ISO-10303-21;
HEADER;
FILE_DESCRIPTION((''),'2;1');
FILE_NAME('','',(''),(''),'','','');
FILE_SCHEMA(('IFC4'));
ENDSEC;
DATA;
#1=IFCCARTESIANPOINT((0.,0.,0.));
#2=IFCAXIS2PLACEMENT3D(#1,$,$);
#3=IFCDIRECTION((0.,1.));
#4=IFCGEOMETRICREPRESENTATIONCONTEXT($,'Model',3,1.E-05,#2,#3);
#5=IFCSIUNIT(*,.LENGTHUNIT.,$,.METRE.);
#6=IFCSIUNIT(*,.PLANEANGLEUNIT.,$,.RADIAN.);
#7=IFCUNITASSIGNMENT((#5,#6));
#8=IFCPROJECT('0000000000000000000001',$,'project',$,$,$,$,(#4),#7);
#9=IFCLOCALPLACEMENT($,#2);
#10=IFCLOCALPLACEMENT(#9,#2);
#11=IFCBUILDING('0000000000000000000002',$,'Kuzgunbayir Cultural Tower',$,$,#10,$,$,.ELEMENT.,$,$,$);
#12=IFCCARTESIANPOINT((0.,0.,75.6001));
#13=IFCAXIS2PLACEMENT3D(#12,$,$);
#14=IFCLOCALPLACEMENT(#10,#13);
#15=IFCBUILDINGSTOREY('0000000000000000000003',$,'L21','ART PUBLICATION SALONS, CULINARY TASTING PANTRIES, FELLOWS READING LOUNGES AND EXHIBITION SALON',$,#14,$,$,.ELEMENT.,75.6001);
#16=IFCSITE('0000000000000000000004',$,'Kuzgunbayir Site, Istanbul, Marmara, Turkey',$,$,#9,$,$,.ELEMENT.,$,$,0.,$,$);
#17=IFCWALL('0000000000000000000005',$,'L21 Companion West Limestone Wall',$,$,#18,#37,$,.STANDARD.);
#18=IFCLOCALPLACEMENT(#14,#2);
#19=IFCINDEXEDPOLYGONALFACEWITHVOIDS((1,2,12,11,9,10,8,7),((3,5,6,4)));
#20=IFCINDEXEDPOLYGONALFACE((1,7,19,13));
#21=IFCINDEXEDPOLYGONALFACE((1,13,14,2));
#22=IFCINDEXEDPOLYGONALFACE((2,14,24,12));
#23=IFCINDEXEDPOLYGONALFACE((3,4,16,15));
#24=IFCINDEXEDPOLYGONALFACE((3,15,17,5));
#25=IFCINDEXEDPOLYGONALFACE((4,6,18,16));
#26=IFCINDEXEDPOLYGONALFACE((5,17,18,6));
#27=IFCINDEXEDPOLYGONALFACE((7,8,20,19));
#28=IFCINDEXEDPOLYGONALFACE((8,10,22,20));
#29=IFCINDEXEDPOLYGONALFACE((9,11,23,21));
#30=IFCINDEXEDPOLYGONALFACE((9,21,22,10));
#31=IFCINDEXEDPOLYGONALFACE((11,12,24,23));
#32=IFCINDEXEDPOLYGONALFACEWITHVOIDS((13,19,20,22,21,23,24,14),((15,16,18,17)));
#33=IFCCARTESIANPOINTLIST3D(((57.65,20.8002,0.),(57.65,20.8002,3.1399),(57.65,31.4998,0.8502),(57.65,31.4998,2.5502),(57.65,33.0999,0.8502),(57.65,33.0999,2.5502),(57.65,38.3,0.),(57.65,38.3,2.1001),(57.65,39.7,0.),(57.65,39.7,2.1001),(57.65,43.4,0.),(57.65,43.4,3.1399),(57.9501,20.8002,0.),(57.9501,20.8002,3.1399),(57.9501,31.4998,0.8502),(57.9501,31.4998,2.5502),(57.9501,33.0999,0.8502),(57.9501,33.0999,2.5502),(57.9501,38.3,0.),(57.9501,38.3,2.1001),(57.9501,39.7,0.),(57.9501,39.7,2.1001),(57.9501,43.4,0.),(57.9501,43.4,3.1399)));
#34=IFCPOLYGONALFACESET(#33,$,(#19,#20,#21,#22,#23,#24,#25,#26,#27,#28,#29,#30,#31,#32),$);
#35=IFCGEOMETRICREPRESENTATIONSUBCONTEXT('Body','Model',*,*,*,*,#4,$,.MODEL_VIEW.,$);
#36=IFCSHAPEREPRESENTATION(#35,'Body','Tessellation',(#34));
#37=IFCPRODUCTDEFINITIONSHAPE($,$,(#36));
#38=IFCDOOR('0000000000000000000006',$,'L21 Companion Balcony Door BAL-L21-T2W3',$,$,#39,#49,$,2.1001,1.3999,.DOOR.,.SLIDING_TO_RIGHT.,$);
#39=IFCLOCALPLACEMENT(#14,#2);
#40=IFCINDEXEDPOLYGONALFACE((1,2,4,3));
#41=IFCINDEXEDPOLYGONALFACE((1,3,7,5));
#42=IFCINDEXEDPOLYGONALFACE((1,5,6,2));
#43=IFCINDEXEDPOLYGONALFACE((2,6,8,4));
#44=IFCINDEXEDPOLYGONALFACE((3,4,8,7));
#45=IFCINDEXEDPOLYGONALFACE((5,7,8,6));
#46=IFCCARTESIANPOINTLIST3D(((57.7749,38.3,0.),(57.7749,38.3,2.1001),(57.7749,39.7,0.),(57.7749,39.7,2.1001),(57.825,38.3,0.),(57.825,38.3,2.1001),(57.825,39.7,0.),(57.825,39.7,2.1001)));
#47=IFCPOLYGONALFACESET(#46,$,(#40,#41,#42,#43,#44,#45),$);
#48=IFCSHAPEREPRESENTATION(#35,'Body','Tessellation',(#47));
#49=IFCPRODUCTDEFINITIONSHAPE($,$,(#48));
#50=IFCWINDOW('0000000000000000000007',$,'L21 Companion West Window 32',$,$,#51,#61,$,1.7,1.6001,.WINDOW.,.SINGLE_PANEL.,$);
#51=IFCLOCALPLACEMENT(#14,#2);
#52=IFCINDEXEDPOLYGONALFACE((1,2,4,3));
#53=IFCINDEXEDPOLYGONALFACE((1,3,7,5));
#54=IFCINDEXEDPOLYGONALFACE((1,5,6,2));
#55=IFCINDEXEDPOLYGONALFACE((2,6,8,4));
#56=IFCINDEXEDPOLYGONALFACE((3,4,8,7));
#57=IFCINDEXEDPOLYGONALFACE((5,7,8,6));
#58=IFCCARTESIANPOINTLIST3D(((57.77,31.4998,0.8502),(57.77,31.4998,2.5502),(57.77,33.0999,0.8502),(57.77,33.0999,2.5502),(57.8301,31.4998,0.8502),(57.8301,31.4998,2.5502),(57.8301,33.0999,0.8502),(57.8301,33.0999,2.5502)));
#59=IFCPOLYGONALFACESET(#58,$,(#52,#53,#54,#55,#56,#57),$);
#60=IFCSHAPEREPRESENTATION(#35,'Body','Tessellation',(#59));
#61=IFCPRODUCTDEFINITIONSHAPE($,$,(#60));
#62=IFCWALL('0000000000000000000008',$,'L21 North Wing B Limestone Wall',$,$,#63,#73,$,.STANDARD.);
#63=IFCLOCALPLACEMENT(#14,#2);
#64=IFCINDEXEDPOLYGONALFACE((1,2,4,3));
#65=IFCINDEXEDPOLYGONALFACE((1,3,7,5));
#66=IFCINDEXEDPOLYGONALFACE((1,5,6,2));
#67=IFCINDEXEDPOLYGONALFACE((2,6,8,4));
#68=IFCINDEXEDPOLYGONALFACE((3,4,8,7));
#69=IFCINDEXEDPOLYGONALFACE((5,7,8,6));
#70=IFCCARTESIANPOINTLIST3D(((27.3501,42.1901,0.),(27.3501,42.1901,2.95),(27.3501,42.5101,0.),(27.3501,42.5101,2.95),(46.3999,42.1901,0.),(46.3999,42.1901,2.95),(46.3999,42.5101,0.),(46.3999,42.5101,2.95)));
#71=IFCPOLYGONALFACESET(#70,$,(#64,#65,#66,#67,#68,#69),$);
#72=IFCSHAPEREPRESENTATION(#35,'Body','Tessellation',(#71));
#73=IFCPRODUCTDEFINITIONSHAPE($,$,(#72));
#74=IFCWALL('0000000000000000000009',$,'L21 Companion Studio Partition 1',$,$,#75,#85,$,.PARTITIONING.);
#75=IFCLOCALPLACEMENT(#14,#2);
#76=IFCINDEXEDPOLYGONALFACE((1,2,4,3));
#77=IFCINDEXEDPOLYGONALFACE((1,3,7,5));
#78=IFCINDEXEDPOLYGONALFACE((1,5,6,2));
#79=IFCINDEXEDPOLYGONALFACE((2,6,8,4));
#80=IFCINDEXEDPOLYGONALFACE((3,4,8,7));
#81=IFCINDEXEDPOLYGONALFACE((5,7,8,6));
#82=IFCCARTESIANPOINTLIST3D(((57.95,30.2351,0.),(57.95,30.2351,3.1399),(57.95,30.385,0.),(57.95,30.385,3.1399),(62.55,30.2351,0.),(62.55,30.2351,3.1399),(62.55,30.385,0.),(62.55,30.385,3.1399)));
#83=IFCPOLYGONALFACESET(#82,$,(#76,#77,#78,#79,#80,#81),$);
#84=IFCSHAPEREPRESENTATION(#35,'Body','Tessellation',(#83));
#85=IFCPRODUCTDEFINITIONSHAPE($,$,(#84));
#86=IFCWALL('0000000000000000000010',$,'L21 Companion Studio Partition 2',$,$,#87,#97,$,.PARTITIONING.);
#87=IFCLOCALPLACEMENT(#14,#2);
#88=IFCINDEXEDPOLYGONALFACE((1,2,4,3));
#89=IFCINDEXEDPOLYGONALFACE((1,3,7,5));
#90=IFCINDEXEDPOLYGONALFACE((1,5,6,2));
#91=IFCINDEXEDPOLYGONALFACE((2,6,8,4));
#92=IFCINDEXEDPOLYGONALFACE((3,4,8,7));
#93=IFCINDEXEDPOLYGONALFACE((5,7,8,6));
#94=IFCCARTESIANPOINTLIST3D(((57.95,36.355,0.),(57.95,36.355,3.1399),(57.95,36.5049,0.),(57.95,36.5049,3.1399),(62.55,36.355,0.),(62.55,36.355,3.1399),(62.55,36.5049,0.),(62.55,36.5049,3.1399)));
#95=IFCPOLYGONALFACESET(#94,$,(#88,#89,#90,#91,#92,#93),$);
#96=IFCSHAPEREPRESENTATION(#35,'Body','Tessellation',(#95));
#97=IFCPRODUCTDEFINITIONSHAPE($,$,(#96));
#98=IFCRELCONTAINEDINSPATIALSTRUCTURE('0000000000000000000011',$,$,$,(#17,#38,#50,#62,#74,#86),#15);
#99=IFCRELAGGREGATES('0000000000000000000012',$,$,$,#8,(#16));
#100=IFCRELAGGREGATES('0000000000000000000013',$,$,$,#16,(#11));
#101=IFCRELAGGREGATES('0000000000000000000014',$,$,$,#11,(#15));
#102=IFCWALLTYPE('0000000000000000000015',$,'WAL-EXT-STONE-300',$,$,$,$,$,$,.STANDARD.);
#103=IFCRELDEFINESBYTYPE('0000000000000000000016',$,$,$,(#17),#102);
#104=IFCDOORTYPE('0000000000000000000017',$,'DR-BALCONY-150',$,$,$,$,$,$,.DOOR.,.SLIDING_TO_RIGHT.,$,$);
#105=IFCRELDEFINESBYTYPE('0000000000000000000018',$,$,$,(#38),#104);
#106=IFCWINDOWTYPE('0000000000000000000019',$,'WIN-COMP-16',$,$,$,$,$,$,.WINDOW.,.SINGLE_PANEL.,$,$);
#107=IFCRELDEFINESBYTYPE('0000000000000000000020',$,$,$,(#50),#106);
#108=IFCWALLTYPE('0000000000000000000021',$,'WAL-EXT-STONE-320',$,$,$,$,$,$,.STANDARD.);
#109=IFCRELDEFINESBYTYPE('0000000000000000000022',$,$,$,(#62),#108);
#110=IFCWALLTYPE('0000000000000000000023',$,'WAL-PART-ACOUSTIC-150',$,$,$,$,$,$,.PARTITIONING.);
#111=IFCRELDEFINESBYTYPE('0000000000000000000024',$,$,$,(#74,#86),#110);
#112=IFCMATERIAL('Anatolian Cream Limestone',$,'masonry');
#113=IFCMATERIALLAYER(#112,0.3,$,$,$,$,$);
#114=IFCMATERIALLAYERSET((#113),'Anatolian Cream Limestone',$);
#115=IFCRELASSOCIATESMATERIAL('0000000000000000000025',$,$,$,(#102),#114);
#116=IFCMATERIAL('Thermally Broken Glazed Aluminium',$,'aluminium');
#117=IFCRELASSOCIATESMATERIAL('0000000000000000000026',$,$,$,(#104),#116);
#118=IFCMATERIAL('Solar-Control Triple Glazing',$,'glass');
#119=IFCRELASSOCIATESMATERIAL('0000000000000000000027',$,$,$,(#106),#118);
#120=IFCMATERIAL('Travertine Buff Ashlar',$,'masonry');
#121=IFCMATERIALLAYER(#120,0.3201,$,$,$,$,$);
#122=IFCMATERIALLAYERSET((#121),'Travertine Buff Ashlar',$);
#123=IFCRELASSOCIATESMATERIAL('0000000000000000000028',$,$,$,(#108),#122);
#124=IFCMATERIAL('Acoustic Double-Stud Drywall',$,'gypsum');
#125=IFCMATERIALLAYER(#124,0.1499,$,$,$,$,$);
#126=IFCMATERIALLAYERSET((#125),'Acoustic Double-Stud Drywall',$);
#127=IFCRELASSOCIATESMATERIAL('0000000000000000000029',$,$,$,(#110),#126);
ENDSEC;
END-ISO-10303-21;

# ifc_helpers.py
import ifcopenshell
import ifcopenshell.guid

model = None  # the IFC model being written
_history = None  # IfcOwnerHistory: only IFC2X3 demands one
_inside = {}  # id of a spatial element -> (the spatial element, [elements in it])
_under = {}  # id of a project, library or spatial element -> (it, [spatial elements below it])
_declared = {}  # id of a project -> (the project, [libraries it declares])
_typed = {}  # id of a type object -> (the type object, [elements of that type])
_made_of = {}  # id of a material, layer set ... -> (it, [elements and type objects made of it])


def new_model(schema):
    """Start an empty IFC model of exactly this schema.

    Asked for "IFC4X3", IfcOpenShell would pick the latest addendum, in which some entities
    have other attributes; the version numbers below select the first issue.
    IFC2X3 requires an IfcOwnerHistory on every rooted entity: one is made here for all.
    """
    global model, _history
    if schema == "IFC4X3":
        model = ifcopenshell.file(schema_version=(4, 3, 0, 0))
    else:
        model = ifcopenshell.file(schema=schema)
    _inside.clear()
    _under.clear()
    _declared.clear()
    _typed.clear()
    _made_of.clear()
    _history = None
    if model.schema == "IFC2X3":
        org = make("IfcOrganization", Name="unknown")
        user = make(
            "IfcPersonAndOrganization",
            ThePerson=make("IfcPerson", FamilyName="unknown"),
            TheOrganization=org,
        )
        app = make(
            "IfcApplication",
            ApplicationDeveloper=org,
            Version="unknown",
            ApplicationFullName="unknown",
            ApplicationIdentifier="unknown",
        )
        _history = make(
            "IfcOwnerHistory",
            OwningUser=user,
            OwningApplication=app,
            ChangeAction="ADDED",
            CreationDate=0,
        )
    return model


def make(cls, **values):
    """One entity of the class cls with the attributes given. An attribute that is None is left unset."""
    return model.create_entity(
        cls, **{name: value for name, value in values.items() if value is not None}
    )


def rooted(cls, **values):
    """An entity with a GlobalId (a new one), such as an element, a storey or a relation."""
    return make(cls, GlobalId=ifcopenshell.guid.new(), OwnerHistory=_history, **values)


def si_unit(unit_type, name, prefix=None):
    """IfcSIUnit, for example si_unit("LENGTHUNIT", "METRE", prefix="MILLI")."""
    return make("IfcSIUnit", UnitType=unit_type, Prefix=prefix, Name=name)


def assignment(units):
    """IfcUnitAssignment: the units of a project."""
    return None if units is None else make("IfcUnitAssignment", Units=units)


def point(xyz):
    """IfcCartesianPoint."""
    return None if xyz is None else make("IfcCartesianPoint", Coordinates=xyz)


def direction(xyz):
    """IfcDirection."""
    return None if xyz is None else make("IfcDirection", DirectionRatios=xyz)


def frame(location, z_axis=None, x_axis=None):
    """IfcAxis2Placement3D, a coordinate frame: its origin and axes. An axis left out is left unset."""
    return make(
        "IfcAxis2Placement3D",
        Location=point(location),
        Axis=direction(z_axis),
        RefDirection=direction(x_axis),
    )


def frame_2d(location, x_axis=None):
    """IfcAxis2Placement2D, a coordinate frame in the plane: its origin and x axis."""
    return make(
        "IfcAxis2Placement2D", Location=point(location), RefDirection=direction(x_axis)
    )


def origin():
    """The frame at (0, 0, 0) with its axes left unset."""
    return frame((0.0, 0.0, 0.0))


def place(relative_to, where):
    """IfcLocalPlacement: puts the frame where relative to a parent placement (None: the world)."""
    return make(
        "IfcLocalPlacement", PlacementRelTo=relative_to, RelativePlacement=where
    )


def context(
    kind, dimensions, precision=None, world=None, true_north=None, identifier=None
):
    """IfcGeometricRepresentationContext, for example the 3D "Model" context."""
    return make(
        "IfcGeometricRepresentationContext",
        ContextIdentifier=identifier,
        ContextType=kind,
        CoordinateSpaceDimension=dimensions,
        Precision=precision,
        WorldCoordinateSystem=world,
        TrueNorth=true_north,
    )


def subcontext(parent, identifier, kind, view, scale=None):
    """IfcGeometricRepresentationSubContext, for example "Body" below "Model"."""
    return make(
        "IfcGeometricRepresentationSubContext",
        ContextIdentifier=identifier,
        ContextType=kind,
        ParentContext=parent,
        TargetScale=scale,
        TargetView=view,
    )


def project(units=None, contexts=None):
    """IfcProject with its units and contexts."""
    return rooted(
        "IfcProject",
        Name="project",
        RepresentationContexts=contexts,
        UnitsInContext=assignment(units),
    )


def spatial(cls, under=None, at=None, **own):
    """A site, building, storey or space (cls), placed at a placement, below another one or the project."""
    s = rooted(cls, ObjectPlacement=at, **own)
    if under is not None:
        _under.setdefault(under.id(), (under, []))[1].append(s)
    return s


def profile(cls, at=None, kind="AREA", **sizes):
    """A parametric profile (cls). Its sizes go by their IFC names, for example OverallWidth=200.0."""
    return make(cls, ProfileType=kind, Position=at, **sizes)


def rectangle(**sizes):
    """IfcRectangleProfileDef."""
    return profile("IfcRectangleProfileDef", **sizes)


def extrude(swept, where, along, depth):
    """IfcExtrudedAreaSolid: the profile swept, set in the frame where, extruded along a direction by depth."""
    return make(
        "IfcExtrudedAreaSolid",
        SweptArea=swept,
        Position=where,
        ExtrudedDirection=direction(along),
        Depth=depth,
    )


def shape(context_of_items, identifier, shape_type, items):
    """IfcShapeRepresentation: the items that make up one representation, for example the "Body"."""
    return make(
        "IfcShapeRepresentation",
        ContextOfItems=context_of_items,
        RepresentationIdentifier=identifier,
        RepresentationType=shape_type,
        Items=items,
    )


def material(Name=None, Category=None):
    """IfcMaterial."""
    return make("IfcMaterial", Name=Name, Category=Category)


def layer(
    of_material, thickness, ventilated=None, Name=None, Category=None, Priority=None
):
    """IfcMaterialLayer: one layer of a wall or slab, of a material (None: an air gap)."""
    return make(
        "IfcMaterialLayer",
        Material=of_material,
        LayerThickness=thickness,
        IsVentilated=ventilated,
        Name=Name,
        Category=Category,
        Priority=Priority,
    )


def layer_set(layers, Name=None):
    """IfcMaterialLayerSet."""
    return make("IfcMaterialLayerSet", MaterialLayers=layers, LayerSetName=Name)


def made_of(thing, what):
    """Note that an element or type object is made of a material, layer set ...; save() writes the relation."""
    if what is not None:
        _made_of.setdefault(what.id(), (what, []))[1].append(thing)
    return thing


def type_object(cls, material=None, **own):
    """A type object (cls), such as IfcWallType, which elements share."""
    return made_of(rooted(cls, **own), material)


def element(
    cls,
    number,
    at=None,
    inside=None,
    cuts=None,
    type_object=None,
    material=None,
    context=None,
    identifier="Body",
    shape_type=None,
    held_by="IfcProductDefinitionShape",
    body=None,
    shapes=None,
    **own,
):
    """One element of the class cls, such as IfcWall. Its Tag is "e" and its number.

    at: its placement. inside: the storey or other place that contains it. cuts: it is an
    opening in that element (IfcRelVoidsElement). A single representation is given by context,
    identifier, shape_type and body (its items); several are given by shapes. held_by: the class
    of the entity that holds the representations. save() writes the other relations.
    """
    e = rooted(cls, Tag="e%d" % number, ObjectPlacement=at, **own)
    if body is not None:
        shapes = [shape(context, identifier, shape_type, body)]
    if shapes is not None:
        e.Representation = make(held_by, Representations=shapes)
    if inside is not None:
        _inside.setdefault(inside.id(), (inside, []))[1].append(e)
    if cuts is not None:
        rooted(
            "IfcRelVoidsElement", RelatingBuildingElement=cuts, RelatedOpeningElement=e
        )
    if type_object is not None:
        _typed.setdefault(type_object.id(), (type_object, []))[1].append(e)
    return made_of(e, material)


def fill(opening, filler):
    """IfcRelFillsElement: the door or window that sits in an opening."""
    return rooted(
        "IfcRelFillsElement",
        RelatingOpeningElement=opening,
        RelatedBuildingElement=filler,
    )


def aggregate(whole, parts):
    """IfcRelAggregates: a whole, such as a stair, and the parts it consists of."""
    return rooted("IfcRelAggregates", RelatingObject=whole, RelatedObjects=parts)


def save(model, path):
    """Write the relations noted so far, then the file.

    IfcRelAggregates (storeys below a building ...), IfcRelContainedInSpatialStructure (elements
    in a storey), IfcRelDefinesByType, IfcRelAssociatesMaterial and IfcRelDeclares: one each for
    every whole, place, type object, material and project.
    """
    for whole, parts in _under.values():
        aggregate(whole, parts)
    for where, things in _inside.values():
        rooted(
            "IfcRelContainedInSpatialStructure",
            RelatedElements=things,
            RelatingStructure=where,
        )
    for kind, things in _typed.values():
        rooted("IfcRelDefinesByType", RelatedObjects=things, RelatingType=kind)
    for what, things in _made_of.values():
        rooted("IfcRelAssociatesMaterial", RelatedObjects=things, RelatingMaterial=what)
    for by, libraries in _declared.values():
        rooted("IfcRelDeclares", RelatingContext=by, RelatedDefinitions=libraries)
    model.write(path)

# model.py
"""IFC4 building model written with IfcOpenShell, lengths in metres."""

from ifc_helpers import new_model, si_unit, direction, frame, frame_2d, origin, place, context, subcontext, project, spatial, rectangle, extrude, material, layer, layer_set, type_object, element, fill, save


model = new_model("IFC4")

# Units and contexts
model_context = context("Model", 3, precision=1e-05, world=origin(), true_north=direction((0.0, 1.0)))
body_context = subcontext(model_context, "Body", "Model", "MODEL_VIEW")
ifc_project = project(units=[si_unit("LENGTHUNIT", "METRE"), si_unit("PLANEANGLEUNIT", "RADIAN")], contexts=[model_context])

# Site, building, storey
site_placement = place(None, origin())
site = spatial("IfcSite", under=ifc_project, at=site_placement, Name="Kuzgunbayir Site, Istanbul, Marmara, Turkey", CompositionType="ELEMENT", RefElevation=0.0)
building_placement = place(site_placement, origin())
building = spatial("IfcBuilding", under=site, at=building_placement, Name="Kuzgunbayir Cultural Tower", CompositionType="ELEMENT")
storey_placement = place(building_placement, frame((0.0, 0.0, 75.6001)))
storey = spatial("IfcBuildingStorey", under=building, at=storey_placement, Name="L21", Description="ART PUBLICATION SALONS, CULINARY TASTING PANTRIES, FELLOWS READING LOUNGES AND EXHIBITION SALON", CompositionType="ELEMENT", Elevation=75.6001)

# Wall, openings, door, window
ifc_material_1 = material(Name="Anatolian Cream Limestone", Category="masonry")
ifc_layer_1 = layer(ifc_material_1, 0.3)
ifc_layer_set_1 = layer_set([ifc_layer_1], Name="Anatolian Cream Limestone")
wall_type_1 = type_object("IfcWallType", Name="WAL-EXT-STONE-300", PredefinedType="STANDARD", material=ifc_layer_set_1)
wall_1_placement = place(storey_placement, frame((57.8, 43.3999, 0.0), z_axis=(0.0, 0.0, 1.0), x_axis=(0.0, -1.0, 0.0)))
wall_1 = element("IfcWall", 1, at=wall_1_placement, inside=storey, type_object=wall_type_1, Name="L21 Companion West Limestone Wall", PredefinedType="STANDARD", context=body_context, shape_type="SweptSolid", body=[
    extrude(rectangle(XDim=22.5999, YDim=0.3, at=frame_2d((11.2998, 0.0))), origin(), (0.0, 0.0, 1.0), 3.1399),
])
opening_1_placement = place(wall_1_placement, frame((3.7, 0.0, 0.0)))
opening_1 = element("IfcOpeningElement", 2, at=opening_1_placement, cuts=wall_1, PredefinedType="OPENING", context=body_context, shape_type="SweptSolid", body=[
    extrude(rectangle(XDim=1.3999, YDim=2.1001, at=frame_2d((0.7, 1.05))), frame((0.0, 0.1602, 0.0), z_axis=(0.0, -1.0, 0.0), x_axis=(1.0, 0.0, 0.0)), (0.0, 0.0, 1.0), 0.3201),
])
opening_2_placement = place(wall_1_placement, frame((10.3, 0.0, 0.8501)))
opening_2 = element("IfcOpeningElement", 3, at=opening_2_placement, cuts=wall_1, PredefinedType="OPENING", context=body_context, shape_type="SweptSolid", body=[
    extrude(rectangle(XDim=1.6001, YDim=1.7, at=frame_2d((0.8, 0.8501))), frame((0.0, 0.1602, 0.0), z_axis=(0.0, -1.0, 0.0), x_axis=(1.0, 0.0, 0.0)), (0.0, 0.0, 1.0), 0.3201),
])
ifc_material_2 = material(Name="Thermally Broken Glazed Aluminium", Category="aluminium")
door_type = type_object("IfcDoorType", Name="DR-BALCONY-150", OperationType="SLIDING_TO_RIGHT", PredefinedType="DOOR", material=ifc_material_2)
door_placement = place(opening_1_placement, origin())
door = element("IfcDoor", 4, at=door_placement, inside=storey, type_object=door_type, Name="L21 Companion Balcony Door BAL-L21-T2W3", OperationType="SLIDING_TO_RIGHT", OverallHeight=2.1001, OverallWidth=1.3999, PredefinedType="DOOR", context=body_context, shape_type="SweptSolid", body=[
    extrude(rectangle(XDim=1.3999, YDim=2.1001, at=frame_2d((0.7, 1.05))), frame((0.0, 0.0249, 0.0), z_axis=(0.0, -1.0, 0.0), x_axis=(1.0, 0.0, 0.0)), (0.0, 0.0, 1.0), 0.05),
])
fill(opening_1, door)
ifc_material_3 = material(Name="Solar-Control Triple Glazing", Category="glass")
window_type = type_object("IfcWindowType", Name="WIN-COMP-16", PartitioningType="SINGLE_PANEL", PredefinedType="WINDOW", material=ifc_material_3)
window_placement = place(opening_2_placement, origin())
window = element("IfcWindow", 5, at=window_placement, inside=storey, type_object=window_type, Name="L21 Companion West Window 32", OverallHeight=1.7, OverallWidth=1.6001, PartitioningType="SINGLE_PANEL", PredefinedType="WINDOW", context=body_context, shape_type="SweptSolid", body=[
    extrude(rectangle(XDim=1.6001, YDim=1.7, at=frame_2d((0.8, 0.8501))), frame((0.0, 0.03, 0.0), z_axis=(0.0, -1.0, 0.0), x_axis=(1.0, 0.0, 0.0)), (0.0, 0.0, 1.0), 0.0601),
])
fill(opening_2, window)

# Walls
ifc_material_4 = material(Name="Travertine Buff Ashlar", Category="masonry")
ifc_layer_2 = layer(ifc_material_4, 0.3201)
ifc_layer_set_2 = layer_set([ifc_layer_2], Name="Travertine Buff Ashlar")
wall_type_2 = type_object("IfcWallType", Name="WAL-EXT-STONE-320", PredefinedType="STANDARD", material=ifc_layer_set_2)
wall_2_placement = place(storey_placement, frame((46.3999, 42.3501, 0.0), z_axis=(0.0, 0.0, 1.0), x_axis=(-1.0, 0.0, 0.0)))
element("IfcWall", 6, at=wall_2_placement, inside=storey, type_object=wall_type_2, Name="L21 North Wing B Limestone Wall", PredefinedType="STANDARD", context=body_context, shape_type="SweptSolid", body=[
    extrude(rectangle(XDim=19.0498, YDim=0.3201, at=frame_2d((9.5249, 0.0))), origin(), (0.0, 0.0, 1.0), 2.95),
])
ifc_material_5 = material(Name="Acoustic Double-Stud Drywall", Category="gypsum")
ifc_layer_3 = layer(ifc_material_5, 0.1499)
ifc_layer_set_3 = layer_set([ifc_layer_3], Name="Acoustic Double-Stud Drywall")
wall_type_3 = type_object("IfcWallType", Name="WAL-PART-ACOUSTIC-150", PredefinedType="PARTITIONING", material=ifc_layer_set_3)
for number, where, z_axis, x_axis, name in (
    (7, (57.95, 30.3101, 0.0), (0.0, 0.0, 1.0), (1.0, 0.0, 0.0), "L21 Companion Studio Partition 1"),
    (8, (57.95, 36.4299, 0.0), (0.0, 0.0, 1.0), (1.0, 0.0, 0.0), "L21 Companion Studio Partition 2"),
):
    element("IfcWall", number, at=place(storey_placement, frame(where, z_axis=z_axis, x_axis=x_axis)), inside=storey, type_object=wall_type_3, Name=name, PredefinedType="PARTITIONING", context=body_context, shape_type="SweptSolid", body=[
        extrude(rectangle(XDim=4.6001, YDim=0.1499, at=frame_2d((2.3, 0.0))), origin(), (0.0, 0.0, 1.0), 3.1399),
    ])

save(model, "model.ifc")
